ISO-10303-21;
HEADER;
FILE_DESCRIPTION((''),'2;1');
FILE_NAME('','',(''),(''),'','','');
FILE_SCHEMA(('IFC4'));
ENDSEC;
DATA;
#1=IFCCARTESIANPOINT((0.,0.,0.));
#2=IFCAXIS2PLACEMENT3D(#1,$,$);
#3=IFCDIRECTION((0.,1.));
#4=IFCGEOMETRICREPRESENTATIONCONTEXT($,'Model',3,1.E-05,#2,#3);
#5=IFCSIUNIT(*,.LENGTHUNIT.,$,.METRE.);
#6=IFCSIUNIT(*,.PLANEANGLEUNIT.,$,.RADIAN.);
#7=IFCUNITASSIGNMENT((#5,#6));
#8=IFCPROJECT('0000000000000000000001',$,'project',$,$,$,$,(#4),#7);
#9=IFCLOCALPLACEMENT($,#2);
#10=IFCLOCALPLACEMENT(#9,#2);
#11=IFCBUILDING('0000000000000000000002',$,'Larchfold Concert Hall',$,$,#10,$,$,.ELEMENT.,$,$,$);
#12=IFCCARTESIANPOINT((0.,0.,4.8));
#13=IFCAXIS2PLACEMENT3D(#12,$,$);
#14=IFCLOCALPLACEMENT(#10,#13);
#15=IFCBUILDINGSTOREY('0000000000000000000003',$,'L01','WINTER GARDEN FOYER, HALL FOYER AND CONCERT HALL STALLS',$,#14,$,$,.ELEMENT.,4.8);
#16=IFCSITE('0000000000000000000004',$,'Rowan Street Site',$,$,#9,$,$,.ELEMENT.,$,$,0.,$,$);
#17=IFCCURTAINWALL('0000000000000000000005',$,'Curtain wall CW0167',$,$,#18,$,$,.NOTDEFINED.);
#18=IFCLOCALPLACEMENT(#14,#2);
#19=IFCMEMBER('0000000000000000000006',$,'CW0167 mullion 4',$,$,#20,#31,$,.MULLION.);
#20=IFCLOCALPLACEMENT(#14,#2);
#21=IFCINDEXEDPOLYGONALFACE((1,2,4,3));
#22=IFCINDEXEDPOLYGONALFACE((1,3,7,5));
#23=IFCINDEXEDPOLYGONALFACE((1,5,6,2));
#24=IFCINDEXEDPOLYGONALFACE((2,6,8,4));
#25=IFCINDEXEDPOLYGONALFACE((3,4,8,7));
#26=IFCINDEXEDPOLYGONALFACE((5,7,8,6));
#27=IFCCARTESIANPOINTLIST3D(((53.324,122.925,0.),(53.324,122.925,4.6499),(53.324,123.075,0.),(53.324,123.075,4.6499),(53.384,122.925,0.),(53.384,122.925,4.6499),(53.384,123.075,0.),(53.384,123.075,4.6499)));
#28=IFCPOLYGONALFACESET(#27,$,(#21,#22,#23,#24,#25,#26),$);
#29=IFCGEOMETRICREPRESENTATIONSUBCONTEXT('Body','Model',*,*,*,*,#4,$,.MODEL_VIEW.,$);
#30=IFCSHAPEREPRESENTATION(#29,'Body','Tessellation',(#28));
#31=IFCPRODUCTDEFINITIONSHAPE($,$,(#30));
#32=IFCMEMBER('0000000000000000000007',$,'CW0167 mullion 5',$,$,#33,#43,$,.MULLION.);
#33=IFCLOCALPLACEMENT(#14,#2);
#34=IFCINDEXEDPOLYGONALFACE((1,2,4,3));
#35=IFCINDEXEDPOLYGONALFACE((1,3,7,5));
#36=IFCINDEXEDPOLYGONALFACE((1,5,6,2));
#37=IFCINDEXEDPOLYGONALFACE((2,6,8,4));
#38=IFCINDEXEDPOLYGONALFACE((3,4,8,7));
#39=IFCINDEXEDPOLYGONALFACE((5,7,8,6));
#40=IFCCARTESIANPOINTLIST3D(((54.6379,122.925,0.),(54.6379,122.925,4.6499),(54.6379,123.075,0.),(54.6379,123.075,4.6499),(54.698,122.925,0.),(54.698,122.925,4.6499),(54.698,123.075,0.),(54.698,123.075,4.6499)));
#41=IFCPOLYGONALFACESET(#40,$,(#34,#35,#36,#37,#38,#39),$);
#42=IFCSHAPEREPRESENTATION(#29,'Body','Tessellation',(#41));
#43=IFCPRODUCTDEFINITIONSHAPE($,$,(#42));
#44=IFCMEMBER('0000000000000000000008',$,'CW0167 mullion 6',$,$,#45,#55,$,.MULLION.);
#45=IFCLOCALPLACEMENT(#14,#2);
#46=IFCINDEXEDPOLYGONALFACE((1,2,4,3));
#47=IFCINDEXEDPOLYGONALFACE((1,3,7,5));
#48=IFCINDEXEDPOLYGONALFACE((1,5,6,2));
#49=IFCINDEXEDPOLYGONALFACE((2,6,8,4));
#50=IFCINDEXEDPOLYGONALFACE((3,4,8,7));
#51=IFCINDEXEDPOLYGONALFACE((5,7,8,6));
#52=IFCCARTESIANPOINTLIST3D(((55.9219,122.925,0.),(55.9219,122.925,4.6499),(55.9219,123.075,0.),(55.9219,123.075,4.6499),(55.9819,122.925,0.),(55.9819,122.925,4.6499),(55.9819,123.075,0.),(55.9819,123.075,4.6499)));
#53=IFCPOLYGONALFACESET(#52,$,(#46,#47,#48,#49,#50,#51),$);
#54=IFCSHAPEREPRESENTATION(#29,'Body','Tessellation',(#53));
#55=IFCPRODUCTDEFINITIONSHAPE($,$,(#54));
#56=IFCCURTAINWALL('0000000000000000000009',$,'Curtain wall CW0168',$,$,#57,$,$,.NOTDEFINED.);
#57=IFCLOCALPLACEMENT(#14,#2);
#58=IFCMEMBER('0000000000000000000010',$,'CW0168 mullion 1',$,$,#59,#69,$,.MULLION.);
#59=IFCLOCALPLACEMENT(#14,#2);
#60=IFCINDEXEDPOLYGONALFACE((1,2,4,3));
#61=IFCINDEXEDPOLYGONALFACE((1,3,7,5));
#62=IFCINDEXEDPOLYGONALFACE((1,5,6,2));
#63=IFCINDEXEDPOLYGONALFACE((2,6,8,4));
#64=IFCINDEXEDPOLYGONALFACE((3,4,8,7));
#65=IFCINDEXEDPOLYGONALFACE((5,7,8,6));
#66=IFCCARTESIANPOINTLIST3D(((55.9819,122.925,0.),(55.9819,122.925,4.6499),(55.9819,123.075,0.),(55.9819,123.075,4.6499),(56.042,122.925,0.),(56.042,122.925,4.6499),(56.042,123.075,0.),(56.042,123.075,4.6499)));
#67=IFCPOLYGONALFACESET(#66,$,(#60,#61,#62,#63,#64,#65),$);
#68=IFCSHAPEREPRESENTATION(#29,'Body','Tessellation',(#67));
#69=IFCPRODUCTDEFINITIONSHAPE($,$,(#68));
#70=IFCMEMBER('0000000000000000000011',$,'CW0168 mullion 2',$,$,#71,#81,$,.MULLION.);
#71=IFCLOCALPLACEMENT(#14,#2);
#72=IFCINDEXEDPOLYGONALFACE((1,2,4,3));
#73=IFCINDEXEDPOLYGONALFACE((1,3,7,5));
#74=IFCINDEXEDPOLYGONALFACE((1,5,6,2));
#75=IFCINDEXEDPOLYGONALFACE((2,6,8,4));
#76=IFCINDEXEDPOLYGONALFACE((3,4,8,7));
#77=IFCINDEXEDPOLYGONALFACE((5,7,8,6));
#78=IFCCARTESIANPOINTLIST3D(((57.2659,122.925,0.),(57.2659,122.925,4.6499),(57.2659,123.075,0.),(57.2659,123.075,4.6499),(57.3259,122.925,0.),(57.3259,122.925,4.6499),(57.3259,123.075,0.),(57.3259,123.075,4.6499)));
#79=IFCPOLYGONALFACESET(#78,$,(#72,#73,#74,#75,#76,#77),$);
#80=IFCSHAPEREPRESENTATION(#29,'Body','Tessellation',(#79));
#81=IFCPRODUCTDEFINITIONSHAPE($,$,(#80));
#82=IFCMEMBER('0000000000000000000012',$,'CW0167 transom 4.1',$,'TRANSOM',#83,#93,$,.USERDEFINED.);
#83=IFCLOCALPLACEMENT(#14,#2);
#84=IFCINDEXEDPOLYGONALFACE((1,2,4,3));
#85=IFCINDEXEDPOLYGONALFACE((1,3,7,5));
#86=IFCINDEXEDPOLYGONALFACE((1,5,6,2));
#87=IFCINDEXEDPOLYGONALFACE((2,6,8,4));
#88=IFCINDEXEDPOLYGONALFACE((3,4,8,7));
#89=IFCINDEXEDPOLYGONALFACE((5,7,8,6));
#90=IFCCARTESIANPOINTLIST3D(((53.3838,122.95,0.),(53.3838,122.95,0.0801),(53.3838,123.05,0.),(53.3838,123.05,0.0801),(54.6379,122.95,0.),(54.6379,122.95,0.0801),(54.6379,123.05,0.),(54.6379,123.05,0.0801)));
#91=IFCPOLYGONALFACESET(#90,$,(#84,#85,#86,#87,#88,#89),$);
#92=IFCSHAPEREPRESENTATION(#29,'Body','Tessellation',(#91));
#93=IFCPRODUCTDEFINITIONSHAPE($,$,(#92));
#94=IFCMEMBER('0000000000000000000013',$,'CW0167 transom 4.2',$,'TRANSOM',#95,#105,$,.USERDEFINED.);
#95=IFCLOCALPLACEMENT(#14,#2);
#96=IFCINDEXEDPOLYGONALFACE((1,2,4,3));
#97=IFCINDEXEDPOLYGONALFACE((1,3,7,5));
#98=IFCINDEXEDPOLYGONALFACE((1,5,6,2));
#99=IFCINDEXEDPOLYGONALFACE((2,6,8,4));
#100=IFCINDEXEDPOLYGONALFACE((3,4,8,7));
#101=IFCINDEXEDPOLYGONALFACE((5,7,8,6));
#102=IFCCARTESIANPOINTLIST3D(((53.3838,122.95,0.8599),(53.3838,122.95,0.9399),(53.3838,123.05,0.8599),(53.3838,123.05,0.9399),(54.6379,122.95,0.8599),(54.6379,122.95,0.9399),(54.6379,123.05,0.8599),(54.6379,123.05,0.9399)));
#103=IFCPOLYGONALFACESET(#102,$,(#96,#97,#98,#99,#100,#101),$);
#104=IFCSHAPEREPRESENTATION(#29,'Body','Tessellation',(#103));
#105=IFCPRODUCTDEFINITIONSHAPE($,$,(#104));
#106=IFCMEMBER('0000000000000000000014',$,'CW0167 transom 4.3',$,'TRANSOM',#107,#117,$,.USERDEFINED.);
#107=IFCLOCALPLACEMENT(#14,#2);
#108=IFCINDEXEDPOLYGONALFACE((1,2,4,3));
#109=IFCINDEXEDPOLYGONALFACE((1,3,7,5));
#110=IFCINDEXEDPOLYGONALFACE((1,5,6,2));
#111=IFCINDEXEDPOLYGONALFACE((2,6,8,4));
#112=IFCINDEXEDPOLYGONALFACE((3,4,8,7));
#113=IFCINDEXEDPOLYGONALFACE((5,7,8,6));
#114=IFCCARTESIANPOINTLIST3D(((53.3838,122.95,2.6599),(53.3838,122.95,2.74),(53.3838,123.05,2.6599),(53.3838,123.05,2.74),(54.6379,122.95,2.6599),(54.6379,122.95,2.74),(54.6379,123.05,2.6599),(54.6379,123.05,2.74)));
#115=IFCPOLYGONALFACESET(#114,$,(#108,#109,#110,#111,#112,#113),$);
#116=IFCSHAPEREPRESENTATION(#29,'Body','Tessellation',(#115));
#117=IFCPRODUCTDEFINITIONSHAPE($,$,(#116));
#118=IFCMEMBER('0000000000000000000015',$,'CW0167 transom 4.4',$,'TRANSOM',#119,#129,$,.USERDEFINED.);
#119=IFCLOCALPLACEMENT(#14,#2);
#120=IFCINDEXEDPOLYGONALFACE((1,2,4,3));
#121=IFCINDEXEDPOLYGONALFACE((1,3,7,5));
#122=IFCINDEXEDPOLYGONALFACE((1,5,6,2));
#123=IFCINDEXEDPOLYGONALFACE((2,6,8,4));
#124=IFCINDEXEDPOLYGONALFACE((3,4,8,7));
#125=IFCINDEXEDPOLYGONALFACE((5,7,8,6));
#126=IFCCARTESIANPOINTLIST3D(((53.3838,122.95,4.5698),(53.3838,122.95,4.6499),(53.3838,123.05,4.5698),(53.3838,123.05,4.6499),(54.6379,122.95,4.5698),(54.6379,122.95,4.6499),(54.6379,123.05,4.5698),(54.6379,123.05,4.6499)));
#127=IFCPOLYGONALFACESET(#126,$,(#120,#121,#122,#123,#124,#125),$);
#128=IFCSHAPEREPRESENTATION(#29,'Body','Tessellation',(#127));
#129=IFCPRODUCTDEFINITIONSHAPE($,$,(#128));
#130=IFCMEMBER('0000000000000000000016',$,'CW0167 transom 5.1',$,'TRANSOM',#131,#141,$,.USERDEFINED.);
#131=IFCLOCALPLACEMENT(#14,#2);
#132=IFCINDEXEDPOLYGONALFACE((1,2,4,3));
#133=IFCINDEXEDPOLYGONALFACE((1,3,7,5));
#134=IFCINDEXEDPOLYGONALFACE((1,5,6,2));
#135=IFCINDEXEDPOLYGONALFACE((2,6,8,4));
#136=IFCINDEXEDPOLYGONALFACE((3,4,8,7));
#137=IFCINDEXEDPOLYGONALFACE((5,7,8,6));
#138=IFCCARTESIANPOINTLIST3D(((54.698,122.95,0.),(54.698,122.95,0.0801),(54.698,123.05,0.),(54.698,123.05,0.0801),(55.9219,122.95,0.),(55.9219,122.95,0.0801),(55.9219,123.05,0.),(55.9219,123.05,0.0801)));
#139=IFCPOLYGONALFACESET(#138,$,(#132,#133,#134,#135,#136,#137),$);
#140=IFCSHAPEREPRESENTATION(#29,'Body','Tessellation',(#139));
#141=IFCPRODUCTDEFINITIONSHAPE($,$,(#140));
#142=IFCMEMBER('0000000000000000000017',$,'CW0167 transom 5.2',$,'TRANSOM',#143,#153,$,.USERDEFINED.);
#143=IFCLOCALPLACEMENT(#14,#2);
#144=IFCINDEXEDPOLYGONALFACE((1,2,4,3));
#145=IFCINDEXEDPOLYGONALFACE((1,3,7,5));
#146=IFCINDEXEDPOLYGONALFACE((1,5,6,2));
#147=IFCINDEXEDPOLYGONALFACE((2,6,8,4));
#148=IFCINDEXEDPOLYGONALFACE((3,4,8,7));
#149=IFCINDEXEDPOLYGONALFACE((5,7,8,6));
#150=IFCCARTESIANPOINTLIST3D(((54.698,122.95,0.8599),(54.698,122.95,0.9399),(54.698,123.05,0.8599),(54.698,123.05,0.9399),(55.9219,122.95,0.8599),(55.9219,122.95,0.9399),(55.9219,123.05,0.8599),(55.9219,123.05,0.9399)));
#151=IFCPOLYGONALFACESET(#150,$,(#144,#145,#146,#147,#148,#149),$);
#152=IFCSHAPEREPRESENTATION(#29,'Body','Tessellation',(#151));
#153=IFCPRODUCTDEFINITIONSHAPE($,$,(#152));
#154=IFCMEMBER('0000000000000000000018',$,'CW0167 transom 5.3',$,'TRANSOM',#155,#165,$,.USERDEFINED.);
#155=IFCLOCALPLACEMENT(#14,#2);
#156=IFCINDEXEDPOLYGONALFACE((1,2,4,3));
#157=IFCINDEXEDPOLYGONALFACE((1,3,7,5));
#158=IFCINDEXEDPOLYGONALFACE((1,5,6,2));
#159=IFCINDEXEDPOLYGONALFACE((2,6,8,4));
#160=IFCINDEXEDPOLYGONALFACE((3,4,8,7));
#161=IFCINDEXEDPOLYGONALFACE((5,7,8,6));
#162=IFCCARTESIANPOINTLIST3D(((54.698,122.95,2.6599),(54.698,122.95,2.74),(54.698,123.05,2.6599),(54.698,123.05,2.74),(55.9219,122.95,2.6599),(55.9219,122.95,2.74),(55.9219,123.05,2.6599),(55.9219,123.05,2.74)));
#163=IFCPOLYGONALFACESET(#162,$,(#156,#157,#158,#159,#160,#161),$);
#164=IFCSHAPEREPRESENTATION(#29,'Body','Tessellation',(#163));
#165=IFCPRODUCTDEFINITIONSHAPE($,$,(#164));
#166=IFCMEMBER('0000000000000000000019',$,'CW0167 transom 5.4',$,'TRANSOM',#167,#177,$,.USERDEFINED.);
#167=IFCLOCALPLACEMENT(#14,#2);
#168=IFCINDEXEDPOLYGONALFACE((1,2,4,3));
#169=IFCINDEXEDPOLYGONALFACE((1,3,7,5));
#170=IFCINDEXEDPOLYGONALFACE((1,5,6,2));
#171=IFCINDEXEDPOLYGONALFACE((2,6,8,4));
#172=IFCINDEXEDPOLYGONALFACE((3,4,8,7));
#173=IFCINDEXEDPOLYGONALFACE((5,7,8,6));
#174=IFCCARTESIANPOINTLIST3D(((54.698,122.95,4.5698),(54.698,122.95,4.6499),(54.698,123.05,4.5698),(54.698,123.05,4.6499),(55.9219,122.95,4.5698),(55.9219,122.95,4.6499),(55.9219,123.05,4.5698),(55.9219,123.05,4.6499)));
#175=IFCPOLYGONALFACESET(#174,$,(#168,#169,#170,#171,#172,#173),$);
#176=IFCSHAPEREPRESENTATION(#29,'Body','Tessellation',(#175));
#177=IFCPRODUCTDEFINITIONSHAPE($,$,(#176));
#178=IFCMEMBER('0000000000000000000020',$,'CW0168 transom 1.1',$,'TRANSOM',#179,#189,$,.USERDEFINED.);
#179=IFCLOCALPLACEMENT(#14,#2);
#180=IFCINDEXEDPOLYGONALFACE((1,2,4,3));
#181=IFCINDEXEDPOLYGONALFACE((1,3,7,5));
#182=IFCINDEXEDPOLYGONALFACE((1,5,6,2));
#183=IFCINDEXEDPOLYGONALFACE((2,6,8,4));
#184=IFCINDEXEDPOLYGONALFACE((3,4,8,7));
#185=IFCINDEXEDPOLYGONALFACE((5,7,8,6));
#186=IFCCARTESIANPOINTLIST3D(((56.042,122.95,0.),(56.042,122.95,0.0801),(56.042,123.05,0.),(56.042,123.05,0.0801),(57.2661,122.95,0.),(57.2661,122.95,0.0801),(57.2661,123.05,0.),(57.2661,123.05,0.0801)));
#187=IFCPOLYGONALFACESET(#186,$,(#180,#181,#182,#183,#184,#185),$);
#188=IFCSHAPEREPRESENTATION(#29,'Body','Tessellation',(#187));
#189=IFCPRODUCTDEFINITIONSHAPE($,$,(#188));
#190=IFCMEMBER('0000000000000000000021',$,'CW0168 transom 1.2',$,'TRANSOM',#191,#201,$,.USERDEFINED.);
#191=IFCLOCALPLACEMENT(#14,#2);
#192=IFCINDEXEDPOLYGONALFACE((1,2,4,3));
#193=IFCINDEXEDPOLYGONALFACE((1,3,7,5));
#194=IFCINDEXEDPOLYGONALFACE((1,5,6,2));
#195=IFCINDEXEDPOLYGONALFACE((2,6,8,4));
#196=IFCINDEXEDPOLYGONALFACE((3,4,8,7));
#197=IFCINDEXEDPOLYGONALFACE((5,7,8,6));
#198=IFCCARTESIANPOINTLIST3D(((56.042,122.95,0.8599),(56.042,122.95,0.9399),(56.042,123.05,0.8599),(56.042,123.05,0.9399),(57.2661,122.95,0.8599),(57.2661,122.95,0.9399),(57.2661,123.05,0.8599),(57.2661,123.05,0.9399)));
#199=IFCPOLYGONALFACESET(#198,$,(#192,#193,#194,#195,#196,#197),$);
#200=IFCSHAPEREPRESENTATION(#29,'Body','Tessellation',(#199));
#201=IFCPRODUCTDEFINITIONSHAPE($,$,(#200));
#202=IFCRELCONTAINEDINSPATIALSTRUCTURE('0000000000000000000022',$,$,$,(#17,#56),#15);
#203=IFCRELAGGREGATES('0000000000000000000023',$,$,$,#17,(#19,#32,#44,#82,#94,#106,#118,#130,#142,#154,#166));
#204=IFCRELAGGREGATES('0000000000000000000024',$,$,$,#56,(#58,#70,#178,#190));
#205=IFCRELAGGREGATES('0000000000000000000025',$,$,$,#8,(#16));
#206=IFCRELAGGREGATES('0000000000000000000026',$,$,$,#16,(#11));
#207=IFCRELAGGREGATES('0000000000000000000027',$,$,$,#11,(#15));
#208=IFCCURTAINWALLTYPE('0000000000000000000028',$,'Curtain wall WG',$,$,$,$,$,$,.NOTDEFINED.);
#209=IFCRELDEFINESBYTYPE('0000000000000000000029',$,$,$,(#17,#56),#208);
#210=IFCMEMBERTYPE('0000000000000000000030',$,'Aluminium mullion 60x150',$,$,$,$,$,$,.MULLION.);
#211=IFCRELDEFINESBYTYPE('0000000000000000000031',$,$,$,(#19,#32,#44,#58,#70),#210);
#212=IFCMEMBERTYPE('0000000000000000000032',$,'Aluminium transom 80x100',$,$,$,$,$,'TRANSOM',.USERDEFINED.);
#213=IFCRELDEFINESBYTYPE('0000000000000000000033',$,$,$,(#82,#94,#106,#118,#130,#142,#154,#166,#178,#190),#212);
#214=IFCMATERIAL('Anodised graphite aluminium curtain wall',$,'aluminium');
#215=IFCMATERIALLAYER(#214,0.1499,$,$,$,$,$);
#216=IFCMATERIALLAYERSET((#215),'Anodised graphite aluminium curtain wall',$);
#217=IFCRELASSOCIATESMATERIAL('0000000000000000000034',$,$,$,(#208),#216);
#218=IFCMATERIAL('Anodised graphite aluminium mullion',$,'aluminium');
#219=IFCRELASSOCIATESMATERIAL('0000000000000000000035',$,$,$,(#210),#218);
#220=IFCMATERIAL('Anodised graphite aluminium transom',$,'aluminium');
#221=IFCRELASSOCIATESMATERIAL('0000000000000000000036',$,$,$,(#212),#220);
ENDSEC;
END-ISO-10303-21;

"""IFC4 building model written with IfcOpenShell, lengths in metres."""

from ifc_helpers import new_model, si_unit, direction, frame, origin, origin_2d, place, context, subcontext, project, spatial, rectangle, extrude, material, layer, layer_set, material_profile, profile_set, type_object, element, aggregate, save


model = new_model("IFC4")

# Units and contexts
model_context = context("Model", 3, precision=1e-05, world=origin(), true_north=direction((0.0, 1.0)))
body_context = subcontext(model_context, "Body", "Model", "MODEL_VIEW")
ifc_project = project(units=[si_unit("LENGTHUNIT", "METRE"), si_unit("PLANEANGLEUNIT", "RADIAN")], contexts=[model_context])

# Site, building, storey
site_placement = place(None, origin())
site = spatial("IfcSite", under=ifc_project, at=site_placement, Name="Rowan Street Site", CompositionType="ELEMENT", RefElevation=0.0)
building_placement = place(site_placement, origin())
building = spatial("IfcBuilding", under=site, at=building_placement, Name="Larchfold Concert Hall", CompositionType="ELEMENT")
storey_placement = place(building_placement, frame((0.0, 0.0, 4.8)))
storey = spatial("IfcBuildingStorey", under=building, at=storey_placement, Name="L01", Description="WINTER GARDEN FOYER, HALL FOYER AND CONCERT HALL STALLS", CompositionType="ELEMENT", Elevation=4.8)

# Curtain walls, members
ifc_material_1 = material(Name="Anodised graphite aluminium curtain wall", Category="aluminium")
ifc_layer_1 = layer(ifc_material_1, 0.1499)
ifc_layer_set_1 = layer_set([ifc_layer_1], Name="Anodised graphite aluminium curtain wall")
curtain_wall_type = type_object("IfcCurtainWallType", Name="Curtain wall WG", PredefinedType="NOTDEFINED", material=ifc_layer_set_1)
curtain_wall_1_placement = place(storey_placement, origin())
curtain_wall_1 = element("IfcCurtainWall", 1, at=curtain_wall_1_placement, inside=storey, type_object=curtain_wall_type, Name="Curtain wall CW0167", PredefinedType="NOTDEFINED")
ifc_material_2 = material(Name="Anodised graphite aluminium mullion", Category="aluminium")
ifc_material_profile_1 = material_profile(ifc_material_2, rectangle(XDim=0.1499, YDim=0.0601, at=origin_2d()))
ifc_profile_set_1 = profile_set([ifc_material_profile_1], Name="Anodised graphite aluminium mullion")
member_type_1 = type_object("IfcMemberType", Name="Aluminium mullion 60x150", PredefinedType="MULLION", material=ifc_profile_set_1)
member_1_placement = place(storey_placement, frame((53.354, 123.0, 0.0), z_axis=(0.0, 0.0, 1.0), x_axis=(0.0, 1.0, 0.0)))
member_1 = element("IfcMember", 2, at=member_1_placement, type_object=member_type_1, Name="CW0167 mullion 4", PredefinedType="MULLION", context=body_context, shape_type="SweptSolid", body=[
    extrude(rectangle(XDim=0.1499, YDim=0.0601, at=origin_2d()), origin(), (0.0, 0.0, 1.0), 4.6499),
])
member_2_placement = place(storey_placement, frame((54.668, 123.0, 0.0), z_axis=(0.0, 0.0, 1.0), x_axis=(0.0, 1.0, 0.0)))
member_2 = element("IfcMember", 3, at=member_2_placement, type_object=member_type_1, Name="CW0167 mullion 5", PredefinedType="MULLION", context=body_context, shape_type="SweptSolid", body=[
    extrude(rectangle(XDim=0.1499, YDim=0.0601, at=origin_2d()), origin(), (0.0, 0.0, 1.0), 4.6499),
])
member_3_placement = place(storey_placement, frame((55.9519, 123.0, 0.0), z_axis=(0.0, 0.0, 1.0), x_axis=(0.0, 1.0, 0.0)))
member_3 = element("IfcMember", 4, at=member_3_placement, type_object=member_type_1, Name="CW0167 mullion 6", PredefinedType="MULLION", context=body_context, shape_type="SweptSolid", body=[
    extrude(rectangle(XDim=0.1499, YDim=0.0601, at=origin_2d()), origin(), (0.0, 0.0, 1.0), 4.6499),
])
curtain_wall_2_placement = place(storey_placement, origin())
curtain_wall_2 = element("IfcCurtainWall", 5, at=curtain_wall_2_placement, inside=storey, type_object=curtain_wall_type, Name="Curtain wall CW0168", PredefinedType="NOTDEFINED")
member_4_placement = place(storey_placement, frame((56.012, 123.0, 0.0), z_axis=(0.0, 0.0, 1.0), x_axis=(0.0, 1.0, 0.0)))
member_4 = element("IfcMember", 6, at=member_4_placement, type_object=member_type_1, Name="CW0168 mullion 1", PredefinedType="MULLION", context=body_context, shape_type="SweptSolid", body=[
    extrude(rectangle(XDim=0.1499, YDim=0.0601, at=origin_2d()), origin(), (0.0, 0.0, 1.0), 4.6499),
])
member_5_placement = place(storey_placement, frame((57.2959, 123.0, 0.0), z_axis=(0.0, 0.0, 1.0), x_axis=(0.0, 1.0, 0.0)))
member_5 = element("IfcMember", 7, at=member_5_placement, type_object=member_type_1, Name="CW0168 mullion 2", PredefinedType="MULLION", context=body_context, shape_type="SweptSolid", body=[
    extrude(rectangle(XDim=0.1499, YDim=0.0601, at=origin_2d()), origin(), (0.0, 0.0, 1.0), 4.6499),
])

# Members
ifc_material_3 = material(Name="Anodised graphite aluminium transom", Category="aluminium")
ifc_material_profile_2 = material_profile(ifc_material_3, rectangle(XDim=0.1001, YDim=0.0801, at=origin_2d()))
ifc_profile_set_2 = profile_set([ifc_material_profile_2], Name="Anodised graphite aluminium transom")
member_type_2 = type_object("IfcMemberType", Name="Aluminium transom 80x100", ElementType="TRANSOM", PredefinedType="USERDEFINED", material=ifc_profile_set_2)
member_6_placement = place(storey_placement, frame((53.3838, 123.0, 0.04), z_axis=(1.0, 0.0, 0.0), x_axis=(0.0, 1.0, 0.0)))
member_6 = element("IfcMember", 8, at=member_6_placement, type_object=member_type_2, Name="CW0167 transom 4.1", ObjectType="TRANSOM", PredefinedType="USERDEFINED", context=body_context, shape_type="SweptSolid", body=[
    extrude(rectangle(XDim=0.1001, YDim=0.0801, at=origin_2d()), origin(), (0.0, 0.0, 1.0), 1.2542),
])
member_7_placement = place(storey_placement, frame((53.3838, 123.0, 0.8999), z_axis=(1.0, 0.0, 0.0), x_axis=(0.0, 1.0, 0.0)))
member_7 = element("IfcMember", 9, at=member_7_placement, type_object=member_type_2, Name="CW0167 transom 4.2", ObjectType="TRANSOM", PredefinedType="USERDEFINED", context=body_context, shape_type="SweptSolid", body=[
    extrude(rectangle(XDim=0.1001, YDim=0.0801, at=origin_2d()), origin(), (0.0, 0.0, 1.0), 1.2542),
])
member_8_placement = place(storey_placement, frame((53.3838, 123.0, 2.7), z_axis=(1.0, 0.0, 0.0), x_axis=(0.0, 1.0, 0.0)))
member_8 = element("IfcMember", 10, at=member_8_placement, type_object=member_type_2, Name="CW0167 transom 4.3", ObjectType="TRANSOM", PredefinedType="USERDEFINED", context=body_context, shape_type="SweptSolid", body=[
    extrude(rectangle(XDim=0.1001, YDim=0.0801, at=origin_2d()), origin(), (0.0, 0.0, 1.0), 1.2542),
])
member_9_placement = place(storey_placement, frame((53.3838, 123.0, 4.6099), z_axis=(1.0, 0.0, 0.0), x_axis=(0.0, 1.0, 0.0)))
member_9 = element("IfcMember", 11, at=member_9_placement, type_object=member_type_2, Name="CW0167 transom 4.4", ObjectType="TRANSOM", PredefinedType="USERDEFINED", context=body_context, shape_type="SweptSolid", body=[
    extrude(rectangle(XDim=0.1001, YDim=0.0801, at=origin_2d()), origin(), (0.0, 0.0, 1.0), 1.2542),
])
member_10_placement = place(storey_placement, frame((54.698, 123.0, 0.04), z_axis=(1.0, 0.0, 0.0), x_axis=(0.0, 1.0, 0.0)))
member_10 = element("IfcMember", 12, at=member_10_placement, type_object=member_type_2, Name="CW0167 transom 5.1", ObjectType="TRANSOM", PredefinedType="USERDEFINED", context=body_context, shape_type="SweptSolid", body=[
    extrude(rectangle(XDim=0.1001, YDim=0.0801, at=origin_2d()), origin(), (0.0, 0.0, 1.0), 1.2239),
])
member_11_placement = place(storey_placement, frame((54.698, 123.0, 0.8999), z_axis=(1.0, 0.0, 0.0), x_axis=(0.0, 1.0, 0.0)))
member_11 = element("IfcMember", 13, at=member_11_placement, type_object=member_type_2, Name="CW0167 transom 5.2", ObjectType="TRANSOM", PredefinedType="USERDEFINED", context=body_context, shape_type="SweptSolid", body=[
    extrude(rectangle(XDim=0.1001, YDim=0.0801, at=origin_2d()), origin(), (0.0, 0.0, 1.0), 1.2239),
])
member_12_placement = place(storey_placement, frame((54.698, 123.0, 2.7), z_axis=(1.0, 0.0, 0.0), x_axis=(0.0, 1.0, 0.0)))
member_12 = element("IfcMember", 14, at=member_12_placement, type_object=member_type_2, Name="CW0167 transom 5.3", ObjectType="TRANSOM", PredefinedType="USERDEFINED", context=body_context, shape_type="SweptSolid", body=[
    extrude(rectangle(XDim=0.1001, YDim=0.0801, at=origin_2d()), origin(), (0.0, 0.0, 1.0), 1.2239),
])
member_13_placement = place(storey_placement, frame((54.698, 123.0, 4.6099), z_axis=(1.0, 0.0, 0.0), x_axis=(0.0, 1.0, 0.0)))
member_13 = element("IfcMember", 15, at=member_13_placement, type_object=member_type_2, Name="CW0167 transom 5.4", ObjectType="TRANSOM", PredefinedType="USERDEFINED", context=body_context, shape_type="SweptSolid", body=[
    extrude(rectangle(XDim=0.1001, YDim=0.0801, at=origin_2d()), origin(), (0.0, 0.0, 1.0), 1.2239),
])
member_14_placement = place(storey_placement, frame((56.042, 123.0, 0.04), z_axis=(1.0, 0.0, 0.0), x_axis=(0.0, 1.0, 0.0)))
member_14 = element("IfcMember", 16, at=member_14_placement, type_object=member_type_2, Name="CW0168 transom 1.1", ObjectType="TRANSOM", PredefinedType="USERDEFINED", context=body_context, shape_type="SweptSolid", body=[
    extrude(rectangle(XDim=0.1001, YDim=0.0801, at=origin_2d()), origin(), (0.0, 0.0, 1.0), 1.2241),
])
member_15_placement = place(storey_placement, frame((56.042, 123.0, 0.8999), z_axis=(1.0, 0.0, 0.0), x_axis=(0.0, 1.0, 0.0)))
member_15 = element("IfcMember", 17, at=member_15_placement, type_object=member_type_2, Name="CW0168 transom 1.2", ObjectType="TRANSOM", PredefinedType="USERDEFINED", context=body_context, shape_type="SweptSolid", body=[
    extrude(rectangle(XDim=0.1001, YDim=0.0801, at=origin_2d()), origin(), (0.0, 0.0, 1.0), 1.2241),
])

aggregate(curtain_wall_1, [member_1, member_2, member_3, member_6, member_7, member_8, member_9, member_10, member_11, member_12, member_13])
aggregate(curtain_wall_2, [member_4, member_5, member_14, member_15])

save(model, "model.ifc")
